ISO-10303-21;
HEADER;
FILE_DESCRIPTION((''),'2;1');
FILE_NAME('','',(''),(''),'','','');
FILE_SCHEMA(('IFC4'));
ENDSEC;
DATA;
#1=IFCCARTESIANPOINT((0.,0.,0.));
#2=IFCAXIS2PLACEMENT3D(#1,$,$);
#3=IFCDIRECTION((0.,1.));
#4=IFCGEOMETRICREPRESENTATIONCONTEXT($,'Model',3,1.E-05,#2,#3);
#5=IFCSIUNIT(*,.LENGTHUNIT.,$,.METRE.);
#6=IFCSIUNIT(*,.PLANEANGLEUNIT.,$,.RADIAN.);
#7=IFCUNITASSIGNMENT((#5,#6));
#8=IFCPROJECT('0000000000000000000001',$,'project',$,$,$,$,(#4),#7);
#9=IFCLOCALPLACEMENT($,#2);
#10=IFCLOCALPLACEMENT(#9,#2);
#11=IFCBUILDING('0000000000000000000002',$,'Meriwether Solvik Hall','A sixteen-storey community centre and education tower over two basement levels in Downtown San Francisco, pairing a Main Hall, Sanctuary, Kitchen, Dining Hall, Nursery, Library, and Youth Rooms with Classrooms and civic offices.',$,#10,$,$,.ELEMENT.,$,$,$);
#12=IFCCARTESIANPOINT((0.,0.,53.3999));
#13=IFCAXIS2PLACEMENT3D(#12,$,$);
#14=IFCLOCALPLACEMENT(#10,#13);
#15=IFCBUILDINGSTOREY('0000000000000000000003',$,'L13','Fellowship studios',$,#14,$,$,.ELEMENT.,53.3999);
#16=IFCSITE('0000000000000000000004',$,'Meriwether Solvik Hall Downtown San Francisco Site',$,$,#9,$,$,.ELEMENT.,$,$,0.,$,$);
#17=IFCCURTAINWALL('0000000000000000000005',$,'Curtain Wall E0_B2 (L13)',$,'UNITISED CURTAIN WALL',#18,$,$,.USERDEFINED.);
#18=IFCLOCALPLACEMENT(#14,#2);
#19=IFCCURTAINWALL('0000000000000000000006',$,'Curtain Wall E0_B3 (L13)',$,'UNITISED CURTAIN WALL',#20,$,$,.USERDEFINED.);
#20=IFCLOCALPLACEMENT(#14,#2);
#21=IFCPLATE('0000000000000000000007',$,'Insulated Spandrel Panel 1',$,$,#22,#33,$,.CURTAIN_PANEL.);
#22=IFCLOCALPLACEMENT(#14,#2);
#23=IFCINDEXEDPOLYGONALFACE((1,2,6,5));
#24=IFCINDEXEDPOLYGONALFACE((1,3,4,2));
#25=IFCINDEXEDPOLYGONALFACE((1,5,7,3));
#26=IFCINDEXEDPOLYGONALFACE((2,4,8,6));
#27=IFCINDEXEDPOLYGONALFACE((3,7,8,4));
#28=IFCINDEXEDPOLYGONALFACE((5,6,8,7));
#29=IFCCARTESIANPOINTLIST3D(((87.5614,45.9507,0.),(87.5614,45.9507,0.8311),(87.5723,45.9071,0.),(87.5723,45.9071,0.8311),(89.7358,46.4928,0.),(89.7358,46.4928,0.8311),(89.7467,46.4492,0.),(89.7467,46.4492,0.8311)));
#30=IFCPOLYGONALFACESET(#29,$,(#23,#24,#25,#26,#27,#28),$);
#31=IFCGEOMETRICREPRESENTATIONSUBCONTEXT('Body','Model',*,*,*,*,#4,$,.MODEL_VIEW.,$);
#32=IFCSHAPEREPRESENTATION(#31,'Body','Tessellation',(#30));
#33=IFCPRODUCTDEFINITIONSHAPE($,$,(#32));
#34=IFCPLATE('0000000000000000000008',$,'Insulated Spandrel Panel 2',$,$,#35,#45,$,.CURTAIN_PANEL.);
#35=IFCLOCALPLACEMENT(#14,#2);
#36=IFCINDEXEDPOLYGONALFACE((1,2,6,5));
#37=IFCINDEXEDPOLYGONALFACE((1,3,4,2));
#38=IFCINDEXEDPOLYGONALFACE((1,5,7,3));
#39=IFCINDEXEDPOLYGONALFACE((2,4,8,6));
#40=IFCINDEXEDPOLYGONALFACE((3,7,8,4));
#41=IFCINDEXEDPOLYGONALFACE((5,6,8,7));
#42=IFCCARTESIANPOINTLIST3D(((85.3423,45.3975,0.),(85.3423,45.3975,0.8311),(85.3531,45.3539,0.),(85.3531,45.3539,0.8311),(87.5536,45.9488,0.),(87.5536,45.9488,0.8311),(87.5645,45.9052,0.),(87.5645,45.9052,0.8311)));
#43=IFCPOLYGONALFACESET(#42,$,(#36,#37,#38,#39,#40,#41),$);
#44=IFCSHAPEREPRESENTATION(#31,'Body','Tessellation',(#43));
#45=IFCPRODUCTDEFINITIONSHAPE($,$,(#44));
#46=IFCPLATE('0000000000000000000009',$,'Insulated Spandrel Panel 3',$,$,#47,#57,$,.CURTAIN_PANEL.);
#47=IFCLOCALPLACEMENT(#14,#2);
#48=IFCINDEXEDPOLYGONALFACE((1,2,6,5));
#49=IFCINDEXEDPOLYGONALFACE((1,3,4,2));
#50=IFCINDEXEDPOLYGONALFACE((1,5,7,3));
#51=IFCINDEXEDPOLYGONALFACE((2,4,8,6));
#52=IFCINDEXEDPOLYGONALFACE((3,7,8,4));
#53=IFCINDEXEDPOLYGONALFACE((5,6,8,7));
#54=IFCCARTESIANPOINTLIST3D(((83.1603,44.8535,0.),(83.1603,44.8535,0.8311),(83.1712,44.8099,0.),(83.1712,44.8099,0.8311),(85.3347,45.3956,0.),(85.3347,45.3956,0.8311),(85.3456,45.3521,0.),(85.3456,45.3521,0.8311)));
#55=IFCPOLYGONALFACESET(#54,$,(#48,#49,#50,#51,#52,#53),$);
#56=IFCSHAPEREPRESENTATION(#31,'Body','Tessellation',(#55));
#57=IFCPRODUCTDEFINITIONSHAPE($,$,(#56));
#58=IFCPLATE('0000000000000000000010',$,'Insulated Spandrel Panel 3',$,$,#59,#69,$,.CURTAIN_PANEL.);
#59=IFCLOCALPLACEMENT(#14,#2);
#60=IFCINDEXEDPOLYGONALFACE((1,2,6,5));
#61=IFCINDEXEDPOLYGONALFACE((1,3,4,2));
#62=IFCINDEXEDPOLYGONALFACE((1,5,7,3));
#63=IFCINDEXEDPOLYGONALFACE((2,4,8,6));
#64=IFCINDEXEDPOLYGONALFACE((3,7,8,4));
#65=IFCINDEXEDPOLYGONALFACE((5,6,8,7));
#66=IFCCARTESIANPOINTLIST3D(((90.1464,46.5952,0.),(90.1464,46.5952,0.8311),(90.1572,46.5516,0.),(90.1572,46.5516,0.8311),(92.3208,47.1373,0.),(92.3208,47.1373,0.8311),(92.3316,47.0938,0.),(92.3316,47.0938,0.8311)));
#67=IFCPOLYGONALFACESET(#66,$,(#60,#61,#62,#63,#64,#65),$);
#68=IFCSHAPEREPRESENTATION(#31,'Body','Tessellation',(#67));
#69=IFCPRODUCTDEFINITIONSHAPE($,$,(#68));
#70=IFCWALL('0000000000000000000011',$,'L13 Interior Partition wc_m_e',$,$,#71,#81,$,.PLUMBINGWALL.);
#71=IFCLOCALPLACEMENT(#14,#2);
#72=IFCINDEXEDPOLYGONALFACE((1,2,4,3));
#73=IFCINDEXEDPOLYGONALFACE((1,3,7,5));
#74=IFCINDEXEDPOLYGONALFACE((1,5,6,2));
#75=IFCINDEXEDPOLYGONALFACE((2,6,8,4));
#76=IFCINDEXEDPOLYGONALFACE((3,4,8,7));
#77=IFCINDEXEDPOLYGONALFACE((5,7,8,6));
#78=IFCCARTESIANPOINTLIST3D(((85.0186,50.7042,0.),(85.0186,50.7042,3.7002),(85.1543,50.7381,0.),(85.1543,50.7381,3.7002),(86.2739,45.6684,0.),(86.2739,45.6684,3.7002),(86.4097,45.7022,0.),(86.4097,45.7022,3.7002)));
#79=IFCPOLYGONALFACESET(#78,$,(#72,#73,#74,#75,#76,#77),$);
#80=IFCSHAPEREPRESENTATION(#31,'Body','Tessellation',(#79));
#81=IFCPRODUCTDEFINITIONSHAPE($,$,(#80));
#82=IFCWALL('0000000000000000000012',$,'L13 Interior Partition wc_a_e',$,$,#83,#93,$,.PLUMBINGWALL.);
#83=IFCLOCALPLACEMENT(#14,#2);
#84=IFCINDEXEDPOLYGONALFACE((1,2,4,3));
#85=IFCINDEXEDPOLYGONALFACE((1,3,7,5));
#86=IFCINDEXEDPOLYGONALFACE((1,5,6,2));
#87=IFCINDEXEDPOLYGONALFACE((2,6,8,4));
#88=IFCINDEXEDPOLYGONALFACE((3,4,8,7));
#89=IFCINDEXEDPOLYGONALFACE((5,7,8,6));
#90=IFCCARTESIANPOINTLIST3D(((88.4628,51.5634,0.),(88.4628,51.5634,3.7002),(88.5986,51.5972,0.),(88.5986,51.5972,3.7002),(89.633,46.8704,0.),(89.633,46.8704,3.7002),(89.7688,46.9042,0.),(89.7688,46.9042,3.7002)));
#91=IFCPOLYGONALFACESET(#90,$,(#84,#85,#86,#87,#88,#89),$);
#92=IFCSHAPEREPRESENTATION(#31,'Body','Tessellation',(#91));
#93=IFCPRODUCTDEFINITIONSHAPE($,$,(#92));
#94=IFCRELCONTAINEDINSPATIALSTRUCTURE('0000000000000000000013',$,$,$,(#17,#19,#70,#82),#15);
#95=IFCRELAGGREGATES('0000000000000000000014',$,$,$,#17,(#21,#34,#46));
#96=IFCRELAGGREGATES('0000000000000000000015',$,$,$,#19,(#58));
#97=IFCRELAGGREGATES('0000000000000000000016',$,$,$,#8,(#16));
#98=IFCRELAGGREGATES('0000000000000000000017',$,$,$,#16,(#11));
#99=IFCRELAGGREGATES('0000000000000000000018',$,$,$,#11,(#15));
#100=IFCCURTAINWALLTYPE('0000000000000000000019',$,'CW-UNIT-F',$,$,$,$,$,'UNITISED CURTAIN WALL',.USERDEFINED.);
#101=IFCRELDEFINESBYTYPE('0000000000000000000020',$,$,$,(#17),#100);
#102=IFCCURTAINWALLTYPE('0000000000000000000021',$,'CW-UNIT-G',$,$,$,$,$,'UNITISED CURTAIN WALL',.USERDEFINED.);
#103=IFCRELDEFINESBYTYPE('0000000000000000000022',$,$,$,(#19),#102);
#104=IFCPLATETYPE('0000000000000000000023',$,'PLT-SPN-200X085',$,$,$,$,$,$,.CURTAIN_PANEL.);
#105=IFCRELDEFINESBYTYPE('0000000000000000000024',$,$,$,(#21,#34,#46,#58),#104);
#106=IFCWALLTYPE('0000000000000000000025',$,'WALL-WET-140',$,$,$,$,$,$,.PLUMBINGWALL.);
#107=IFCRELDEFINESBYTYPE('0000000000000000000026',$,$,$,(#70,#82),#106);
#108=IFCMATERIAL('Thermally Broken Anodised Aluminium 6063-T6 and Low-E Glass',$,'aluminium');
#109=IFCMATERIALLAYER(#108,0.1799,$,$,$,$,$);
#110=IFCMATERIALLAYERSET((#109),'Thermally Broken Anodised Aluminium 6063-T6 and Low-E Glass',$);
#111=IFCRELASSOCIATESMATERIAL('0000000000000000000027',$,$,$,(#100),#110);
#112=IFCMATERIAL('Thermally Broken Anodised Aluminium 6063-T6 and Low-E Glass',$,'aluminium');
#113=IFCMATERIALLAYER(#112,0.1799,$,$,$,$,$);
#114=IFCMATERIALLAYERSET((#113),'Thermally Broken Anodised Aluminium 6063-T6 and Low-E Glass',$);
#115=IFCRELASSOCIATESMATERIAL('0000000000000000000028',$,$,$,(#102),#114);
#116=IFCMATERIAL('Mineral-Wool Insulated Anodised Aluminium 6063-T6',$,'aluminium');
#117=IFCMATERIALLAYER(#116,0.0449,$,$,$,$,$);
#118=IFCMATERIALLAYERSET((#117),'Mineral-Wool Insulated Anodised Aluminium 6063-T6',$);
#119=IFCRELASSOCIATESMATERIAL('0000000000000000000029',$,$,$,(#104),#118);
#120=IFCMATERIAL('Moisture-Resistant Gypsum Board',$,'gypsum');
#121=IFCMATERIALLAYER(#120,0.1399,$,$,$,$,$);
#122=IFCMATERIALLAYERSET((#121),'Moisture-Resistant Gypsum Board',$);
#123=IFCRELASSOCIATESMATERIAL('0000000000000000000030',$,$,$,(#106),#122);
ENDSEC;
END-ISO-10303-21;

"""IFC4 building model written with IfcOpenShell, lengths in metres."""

from ifc_helpers import new_model, si_unit, direction, frame, frame_2d, origin, origin_2d, place, context, subcontext, project, spatial, rectangle, extrude, material, layer, layer_set, type_object, element, aggregate, save


model = new_model("IFC4")

# Units and contexts
model_context = context("Model", 3, precision=1e-05, world=origin(), true_north=direction((0.0, 1.0)))
body_context = subcontext(model_context, "Body", "Model", "MODEL_VIEW")
ifc_project = project(units=[si_unit("LENGTHUNIT", "METRE"), si_unit("PLANEANGLEUNIT", "RADIAN")], contexts=[model_context])

# Site, building, storey
site_placement = place(None, origin())
site = spatial("IfcSite", under=ifc_project, at=site_placement, Name="Meriwether Solvik Hall Downtown San Francisco Site", CompositionType="ELEMENT", RefElevation=0.0)
building_placement = place(site_placement, origin())
building = spatial("IfcBuilding", under=site, at=building_placement, Name="Meriwether Solvik Hall", Description="A sixteen-storey community centre and education tower over two basement levels in Downtown San Francisco, pairing a Main Hall, Sanctuary, Kitchen, Dining Hall, Nursery, Library, and Youth Rooms with Classrooms and civic offices.", CompositionType="ELEMENT")
storey_placement = place(building_placement, frame((0.0, 0.0, 53.3999)))
storey = spatial("IfcBuildingStorey", under=building, at=storey_placement, Name="L13", Description="Fellowship studios", CompositionType="ELEMENT", Elevation=53.3999)

# Curtain walls
ifc_material_1 = material(Name="Thermally Broken Anodised Aluminium 6063-T6 and Low-E Glass", Category="aluminium")
ifc_layer_1 = layer(ifc_material_1, 0.1799)
ifc_layer_set_1 = layer_set([ifc_layer_1], Name="Thermally Broken Anodised Aluminium 6063-T6 and Low-E Glass")
curtain_wall_type_1 = type_object("IfcCurtainWallType", Name="CW-UNIT-F", ElementType="UNITISED CURTAIN WALL", PredefinedType="USERDEFINED", material=ifc_layer_set_1)
curtain_wall_1_placement = place(storey_placement, origin())
curtain_wall_1 = element("IfcCurtainWall", 1, at=curtain_wall_1_placement, inside=storey, type_object=curtain_wall_type_1, Name="Curtain Wall E0_B2 (L13)", ObjectType="UNITISED CURTAIN WALL", PredefinedType="USERDEFINED")
ifc_material_2 = material(Name="Thermally Broken Anodised Aluminium 6063-T6 and Low-E Glass", Category="aluminium")
ifc_layer_2 = layer(ifc_material_2, 0.1799)
ifc_layer_set_2 = layer_set([ifc_layer_2], Name="Thermally Broken Anodised Aluminium 6063-T6 and Low-E Glass")
curtain_wall_type_2 = type_object("IfcCurtainWallType", Name="CW-UNIT-G", ElementType="UNITISED CURTAIN WALL", PredefinedType="USERDEFINED", material=ifc_layer_set_2)
curtain_wall_2_placement = place(storey_placement, origin())
curtain_wall_2 = element("IfcCurtainWall", 2, at=curtain_wall_2_placement, inside=storey, type_object=curtain_wall_type_2, Name="Curtain Wall E0_B3 (L13)", ObjectType="UNITISED CURTAIN WALL", PredefinedType="USERDEFINED")

# Plates
ifc_material_3 = material(Name="Mineral-Wool Insulated Anodised Aluminium 6063-T6", Category="aluminium")
ifc_layer_3 = layer(ifc_material_3, 0.0449)
ifc_layer_set_3 = layer_set([ifc_layer_3], Name="Mineral-Wool Insulated Anodised Aluminium 6063-T6")
plate_type_1 = type_object("IfcPlateType", Name="PLT-SPN-200X085", PredefinedType="CURTAIN_PANEL", material=ifc_layer_set_3)
plate_1_placement = place(storey_placement, frame((88.6541, 46.2, 0.0), z_axis=(0.0, 0.0, 1.0), x_axis=(-0.970296, -0.241922, 0.0)))
plate_1 = element("IfcPlate", 3, at=plate_1_placement, type_object=plate_type_1, Name="Insulated Spandrel Panel 1", PredefinedType="CURTAIN_PANEL", context=body_context, shape_type="SweptSolid", body=[
    extrude(rectangle(XDim=2.241, YDim=0.0449, at=origin_2d()), origin(), (0.0, 0.0, 1.0), 0.8311),
])
plate_2_placement = place(storey_placement, frame((86.4534, 45.6514, 0.0), z_axis=(0.0, 0.0, 1.0), x_axis=(-0.970296, -0.241922, 0.0)))
plate_2 = element("IfcPlate", 4, at=plate_2_placement, type_object=plate_type_1, Name="Insulated Spandrel Panel 2", PredefinedType="CURTAIN_PANEL", context=body_context, shape_type="SweptSolid", body=[
    extrude(rectangle(XDim=2.2791, YDim=0.0449, at=origin_2d()), origin(), (0.0, 0.0, 1.0), 0.8311),
])
plate_3_placement = place(storey_placement, frame((84.2529, 45.1028, 0.0), z_axis=(0.0, 0.0, 1.0), x_axis=(-0.970296, -0.241922, 0.0)))
plate_3 = element("IfcPlate", 5, at=plate_3_placement, type_object=plate_type_1, Name="Insulated Spandrel Panel 3", PredefinedType="CURTAIN_PANEL", context=body_context, shape_type="SweptSolid", body=[
    extrude(rectangle(XDim=2.241, YDim=0.0449, at=origin_2d()), origin(), (0.0, 0.0, 1.0), 0.8311),
])
aggregate(curtain_wall_1, [plate_1, plate_2, plate_3])
plate_4_placement = place(storey_placement, frame((91.239, 46.8445, 0.0), z_axis=(0.0, 0.0, 1.0), x_axis=(-0.970296, -0.241922, 0.0)))
plate_4 = element("IfcPlate", 6, at=plate_4_placement, type_object=plate_type_1, Name="Insulated Spandrel Panel 3", PredefinedType="CURTAIN_PANEL", context=body_context, shape_type="SweptSolid", body=[
    extrude(rectangle(XDim=2.241, YDim=0.0449, at=origin_2d()), origin(), (0.0, 0.0, 1.0), 0.8311),
])
aggregate(curtain_wall_2, [plate_4])

# Walls
ifc_material_4 = material(Name="Moisture-Resistant Gypsum Board", Category="gypsum")
ifc_layer_4 = layer(ifc_material_4, 0.1399)
ifc_layer_set_4 = layer_set([ifc_layer_4], Name="Moisture-Resistant Gypsum Board")
wall_type = type_object("IfcWallType", Name="WALL-WET-140", PredefinedType="PLUMBINGWALL", material=ifc_layer_set_4)
wall_1_placement = place(storey_placement, frame((86.3418, 45.6853, 0.0), z_axis=(0.0, 0.0, 1.0), x_axis=(-0.241883, 0.970306, 0.0)))
element("IfcWall", 7, at=wall_1_placement, inside=storey, type_object=wall_type, Name="L13 Interior Partition wc_m_e", PredefinedType="PLUMBINGWALL", context=body_context, shape_type="SweptSolid", body=[
    extrude(rectangle(XDim=5.1899, YDim=0.1399, at=frame_2d((2.595, 0.0))), origin(), (0.0, 0.0, 1.0), 3.7002),
])
wall_2_placement = place(storey_placement, frame((89.7009, 46.8872, 0.0), z_axis=(0.0, 0.0, 1.0), x_axis=(-0.241942, 0.970291, 0.0)))
element("IfcWall", 8, at=wall_2_placement, inside=storey, type_object=wall_type, Name="L13 Interior Partition wc_a_e", PredefinedType="PLUMBINGWALL", context=body_context, shape_type="SweptSolid", body=[
    extrude(rectangle(XDim=4.8367, YDim=0.1399, at=frame_2d((2.4185, 0.0))), origin(), (0.0, 0.0, 1.0), 3.7002),
])

save(model, "model.ifc")
